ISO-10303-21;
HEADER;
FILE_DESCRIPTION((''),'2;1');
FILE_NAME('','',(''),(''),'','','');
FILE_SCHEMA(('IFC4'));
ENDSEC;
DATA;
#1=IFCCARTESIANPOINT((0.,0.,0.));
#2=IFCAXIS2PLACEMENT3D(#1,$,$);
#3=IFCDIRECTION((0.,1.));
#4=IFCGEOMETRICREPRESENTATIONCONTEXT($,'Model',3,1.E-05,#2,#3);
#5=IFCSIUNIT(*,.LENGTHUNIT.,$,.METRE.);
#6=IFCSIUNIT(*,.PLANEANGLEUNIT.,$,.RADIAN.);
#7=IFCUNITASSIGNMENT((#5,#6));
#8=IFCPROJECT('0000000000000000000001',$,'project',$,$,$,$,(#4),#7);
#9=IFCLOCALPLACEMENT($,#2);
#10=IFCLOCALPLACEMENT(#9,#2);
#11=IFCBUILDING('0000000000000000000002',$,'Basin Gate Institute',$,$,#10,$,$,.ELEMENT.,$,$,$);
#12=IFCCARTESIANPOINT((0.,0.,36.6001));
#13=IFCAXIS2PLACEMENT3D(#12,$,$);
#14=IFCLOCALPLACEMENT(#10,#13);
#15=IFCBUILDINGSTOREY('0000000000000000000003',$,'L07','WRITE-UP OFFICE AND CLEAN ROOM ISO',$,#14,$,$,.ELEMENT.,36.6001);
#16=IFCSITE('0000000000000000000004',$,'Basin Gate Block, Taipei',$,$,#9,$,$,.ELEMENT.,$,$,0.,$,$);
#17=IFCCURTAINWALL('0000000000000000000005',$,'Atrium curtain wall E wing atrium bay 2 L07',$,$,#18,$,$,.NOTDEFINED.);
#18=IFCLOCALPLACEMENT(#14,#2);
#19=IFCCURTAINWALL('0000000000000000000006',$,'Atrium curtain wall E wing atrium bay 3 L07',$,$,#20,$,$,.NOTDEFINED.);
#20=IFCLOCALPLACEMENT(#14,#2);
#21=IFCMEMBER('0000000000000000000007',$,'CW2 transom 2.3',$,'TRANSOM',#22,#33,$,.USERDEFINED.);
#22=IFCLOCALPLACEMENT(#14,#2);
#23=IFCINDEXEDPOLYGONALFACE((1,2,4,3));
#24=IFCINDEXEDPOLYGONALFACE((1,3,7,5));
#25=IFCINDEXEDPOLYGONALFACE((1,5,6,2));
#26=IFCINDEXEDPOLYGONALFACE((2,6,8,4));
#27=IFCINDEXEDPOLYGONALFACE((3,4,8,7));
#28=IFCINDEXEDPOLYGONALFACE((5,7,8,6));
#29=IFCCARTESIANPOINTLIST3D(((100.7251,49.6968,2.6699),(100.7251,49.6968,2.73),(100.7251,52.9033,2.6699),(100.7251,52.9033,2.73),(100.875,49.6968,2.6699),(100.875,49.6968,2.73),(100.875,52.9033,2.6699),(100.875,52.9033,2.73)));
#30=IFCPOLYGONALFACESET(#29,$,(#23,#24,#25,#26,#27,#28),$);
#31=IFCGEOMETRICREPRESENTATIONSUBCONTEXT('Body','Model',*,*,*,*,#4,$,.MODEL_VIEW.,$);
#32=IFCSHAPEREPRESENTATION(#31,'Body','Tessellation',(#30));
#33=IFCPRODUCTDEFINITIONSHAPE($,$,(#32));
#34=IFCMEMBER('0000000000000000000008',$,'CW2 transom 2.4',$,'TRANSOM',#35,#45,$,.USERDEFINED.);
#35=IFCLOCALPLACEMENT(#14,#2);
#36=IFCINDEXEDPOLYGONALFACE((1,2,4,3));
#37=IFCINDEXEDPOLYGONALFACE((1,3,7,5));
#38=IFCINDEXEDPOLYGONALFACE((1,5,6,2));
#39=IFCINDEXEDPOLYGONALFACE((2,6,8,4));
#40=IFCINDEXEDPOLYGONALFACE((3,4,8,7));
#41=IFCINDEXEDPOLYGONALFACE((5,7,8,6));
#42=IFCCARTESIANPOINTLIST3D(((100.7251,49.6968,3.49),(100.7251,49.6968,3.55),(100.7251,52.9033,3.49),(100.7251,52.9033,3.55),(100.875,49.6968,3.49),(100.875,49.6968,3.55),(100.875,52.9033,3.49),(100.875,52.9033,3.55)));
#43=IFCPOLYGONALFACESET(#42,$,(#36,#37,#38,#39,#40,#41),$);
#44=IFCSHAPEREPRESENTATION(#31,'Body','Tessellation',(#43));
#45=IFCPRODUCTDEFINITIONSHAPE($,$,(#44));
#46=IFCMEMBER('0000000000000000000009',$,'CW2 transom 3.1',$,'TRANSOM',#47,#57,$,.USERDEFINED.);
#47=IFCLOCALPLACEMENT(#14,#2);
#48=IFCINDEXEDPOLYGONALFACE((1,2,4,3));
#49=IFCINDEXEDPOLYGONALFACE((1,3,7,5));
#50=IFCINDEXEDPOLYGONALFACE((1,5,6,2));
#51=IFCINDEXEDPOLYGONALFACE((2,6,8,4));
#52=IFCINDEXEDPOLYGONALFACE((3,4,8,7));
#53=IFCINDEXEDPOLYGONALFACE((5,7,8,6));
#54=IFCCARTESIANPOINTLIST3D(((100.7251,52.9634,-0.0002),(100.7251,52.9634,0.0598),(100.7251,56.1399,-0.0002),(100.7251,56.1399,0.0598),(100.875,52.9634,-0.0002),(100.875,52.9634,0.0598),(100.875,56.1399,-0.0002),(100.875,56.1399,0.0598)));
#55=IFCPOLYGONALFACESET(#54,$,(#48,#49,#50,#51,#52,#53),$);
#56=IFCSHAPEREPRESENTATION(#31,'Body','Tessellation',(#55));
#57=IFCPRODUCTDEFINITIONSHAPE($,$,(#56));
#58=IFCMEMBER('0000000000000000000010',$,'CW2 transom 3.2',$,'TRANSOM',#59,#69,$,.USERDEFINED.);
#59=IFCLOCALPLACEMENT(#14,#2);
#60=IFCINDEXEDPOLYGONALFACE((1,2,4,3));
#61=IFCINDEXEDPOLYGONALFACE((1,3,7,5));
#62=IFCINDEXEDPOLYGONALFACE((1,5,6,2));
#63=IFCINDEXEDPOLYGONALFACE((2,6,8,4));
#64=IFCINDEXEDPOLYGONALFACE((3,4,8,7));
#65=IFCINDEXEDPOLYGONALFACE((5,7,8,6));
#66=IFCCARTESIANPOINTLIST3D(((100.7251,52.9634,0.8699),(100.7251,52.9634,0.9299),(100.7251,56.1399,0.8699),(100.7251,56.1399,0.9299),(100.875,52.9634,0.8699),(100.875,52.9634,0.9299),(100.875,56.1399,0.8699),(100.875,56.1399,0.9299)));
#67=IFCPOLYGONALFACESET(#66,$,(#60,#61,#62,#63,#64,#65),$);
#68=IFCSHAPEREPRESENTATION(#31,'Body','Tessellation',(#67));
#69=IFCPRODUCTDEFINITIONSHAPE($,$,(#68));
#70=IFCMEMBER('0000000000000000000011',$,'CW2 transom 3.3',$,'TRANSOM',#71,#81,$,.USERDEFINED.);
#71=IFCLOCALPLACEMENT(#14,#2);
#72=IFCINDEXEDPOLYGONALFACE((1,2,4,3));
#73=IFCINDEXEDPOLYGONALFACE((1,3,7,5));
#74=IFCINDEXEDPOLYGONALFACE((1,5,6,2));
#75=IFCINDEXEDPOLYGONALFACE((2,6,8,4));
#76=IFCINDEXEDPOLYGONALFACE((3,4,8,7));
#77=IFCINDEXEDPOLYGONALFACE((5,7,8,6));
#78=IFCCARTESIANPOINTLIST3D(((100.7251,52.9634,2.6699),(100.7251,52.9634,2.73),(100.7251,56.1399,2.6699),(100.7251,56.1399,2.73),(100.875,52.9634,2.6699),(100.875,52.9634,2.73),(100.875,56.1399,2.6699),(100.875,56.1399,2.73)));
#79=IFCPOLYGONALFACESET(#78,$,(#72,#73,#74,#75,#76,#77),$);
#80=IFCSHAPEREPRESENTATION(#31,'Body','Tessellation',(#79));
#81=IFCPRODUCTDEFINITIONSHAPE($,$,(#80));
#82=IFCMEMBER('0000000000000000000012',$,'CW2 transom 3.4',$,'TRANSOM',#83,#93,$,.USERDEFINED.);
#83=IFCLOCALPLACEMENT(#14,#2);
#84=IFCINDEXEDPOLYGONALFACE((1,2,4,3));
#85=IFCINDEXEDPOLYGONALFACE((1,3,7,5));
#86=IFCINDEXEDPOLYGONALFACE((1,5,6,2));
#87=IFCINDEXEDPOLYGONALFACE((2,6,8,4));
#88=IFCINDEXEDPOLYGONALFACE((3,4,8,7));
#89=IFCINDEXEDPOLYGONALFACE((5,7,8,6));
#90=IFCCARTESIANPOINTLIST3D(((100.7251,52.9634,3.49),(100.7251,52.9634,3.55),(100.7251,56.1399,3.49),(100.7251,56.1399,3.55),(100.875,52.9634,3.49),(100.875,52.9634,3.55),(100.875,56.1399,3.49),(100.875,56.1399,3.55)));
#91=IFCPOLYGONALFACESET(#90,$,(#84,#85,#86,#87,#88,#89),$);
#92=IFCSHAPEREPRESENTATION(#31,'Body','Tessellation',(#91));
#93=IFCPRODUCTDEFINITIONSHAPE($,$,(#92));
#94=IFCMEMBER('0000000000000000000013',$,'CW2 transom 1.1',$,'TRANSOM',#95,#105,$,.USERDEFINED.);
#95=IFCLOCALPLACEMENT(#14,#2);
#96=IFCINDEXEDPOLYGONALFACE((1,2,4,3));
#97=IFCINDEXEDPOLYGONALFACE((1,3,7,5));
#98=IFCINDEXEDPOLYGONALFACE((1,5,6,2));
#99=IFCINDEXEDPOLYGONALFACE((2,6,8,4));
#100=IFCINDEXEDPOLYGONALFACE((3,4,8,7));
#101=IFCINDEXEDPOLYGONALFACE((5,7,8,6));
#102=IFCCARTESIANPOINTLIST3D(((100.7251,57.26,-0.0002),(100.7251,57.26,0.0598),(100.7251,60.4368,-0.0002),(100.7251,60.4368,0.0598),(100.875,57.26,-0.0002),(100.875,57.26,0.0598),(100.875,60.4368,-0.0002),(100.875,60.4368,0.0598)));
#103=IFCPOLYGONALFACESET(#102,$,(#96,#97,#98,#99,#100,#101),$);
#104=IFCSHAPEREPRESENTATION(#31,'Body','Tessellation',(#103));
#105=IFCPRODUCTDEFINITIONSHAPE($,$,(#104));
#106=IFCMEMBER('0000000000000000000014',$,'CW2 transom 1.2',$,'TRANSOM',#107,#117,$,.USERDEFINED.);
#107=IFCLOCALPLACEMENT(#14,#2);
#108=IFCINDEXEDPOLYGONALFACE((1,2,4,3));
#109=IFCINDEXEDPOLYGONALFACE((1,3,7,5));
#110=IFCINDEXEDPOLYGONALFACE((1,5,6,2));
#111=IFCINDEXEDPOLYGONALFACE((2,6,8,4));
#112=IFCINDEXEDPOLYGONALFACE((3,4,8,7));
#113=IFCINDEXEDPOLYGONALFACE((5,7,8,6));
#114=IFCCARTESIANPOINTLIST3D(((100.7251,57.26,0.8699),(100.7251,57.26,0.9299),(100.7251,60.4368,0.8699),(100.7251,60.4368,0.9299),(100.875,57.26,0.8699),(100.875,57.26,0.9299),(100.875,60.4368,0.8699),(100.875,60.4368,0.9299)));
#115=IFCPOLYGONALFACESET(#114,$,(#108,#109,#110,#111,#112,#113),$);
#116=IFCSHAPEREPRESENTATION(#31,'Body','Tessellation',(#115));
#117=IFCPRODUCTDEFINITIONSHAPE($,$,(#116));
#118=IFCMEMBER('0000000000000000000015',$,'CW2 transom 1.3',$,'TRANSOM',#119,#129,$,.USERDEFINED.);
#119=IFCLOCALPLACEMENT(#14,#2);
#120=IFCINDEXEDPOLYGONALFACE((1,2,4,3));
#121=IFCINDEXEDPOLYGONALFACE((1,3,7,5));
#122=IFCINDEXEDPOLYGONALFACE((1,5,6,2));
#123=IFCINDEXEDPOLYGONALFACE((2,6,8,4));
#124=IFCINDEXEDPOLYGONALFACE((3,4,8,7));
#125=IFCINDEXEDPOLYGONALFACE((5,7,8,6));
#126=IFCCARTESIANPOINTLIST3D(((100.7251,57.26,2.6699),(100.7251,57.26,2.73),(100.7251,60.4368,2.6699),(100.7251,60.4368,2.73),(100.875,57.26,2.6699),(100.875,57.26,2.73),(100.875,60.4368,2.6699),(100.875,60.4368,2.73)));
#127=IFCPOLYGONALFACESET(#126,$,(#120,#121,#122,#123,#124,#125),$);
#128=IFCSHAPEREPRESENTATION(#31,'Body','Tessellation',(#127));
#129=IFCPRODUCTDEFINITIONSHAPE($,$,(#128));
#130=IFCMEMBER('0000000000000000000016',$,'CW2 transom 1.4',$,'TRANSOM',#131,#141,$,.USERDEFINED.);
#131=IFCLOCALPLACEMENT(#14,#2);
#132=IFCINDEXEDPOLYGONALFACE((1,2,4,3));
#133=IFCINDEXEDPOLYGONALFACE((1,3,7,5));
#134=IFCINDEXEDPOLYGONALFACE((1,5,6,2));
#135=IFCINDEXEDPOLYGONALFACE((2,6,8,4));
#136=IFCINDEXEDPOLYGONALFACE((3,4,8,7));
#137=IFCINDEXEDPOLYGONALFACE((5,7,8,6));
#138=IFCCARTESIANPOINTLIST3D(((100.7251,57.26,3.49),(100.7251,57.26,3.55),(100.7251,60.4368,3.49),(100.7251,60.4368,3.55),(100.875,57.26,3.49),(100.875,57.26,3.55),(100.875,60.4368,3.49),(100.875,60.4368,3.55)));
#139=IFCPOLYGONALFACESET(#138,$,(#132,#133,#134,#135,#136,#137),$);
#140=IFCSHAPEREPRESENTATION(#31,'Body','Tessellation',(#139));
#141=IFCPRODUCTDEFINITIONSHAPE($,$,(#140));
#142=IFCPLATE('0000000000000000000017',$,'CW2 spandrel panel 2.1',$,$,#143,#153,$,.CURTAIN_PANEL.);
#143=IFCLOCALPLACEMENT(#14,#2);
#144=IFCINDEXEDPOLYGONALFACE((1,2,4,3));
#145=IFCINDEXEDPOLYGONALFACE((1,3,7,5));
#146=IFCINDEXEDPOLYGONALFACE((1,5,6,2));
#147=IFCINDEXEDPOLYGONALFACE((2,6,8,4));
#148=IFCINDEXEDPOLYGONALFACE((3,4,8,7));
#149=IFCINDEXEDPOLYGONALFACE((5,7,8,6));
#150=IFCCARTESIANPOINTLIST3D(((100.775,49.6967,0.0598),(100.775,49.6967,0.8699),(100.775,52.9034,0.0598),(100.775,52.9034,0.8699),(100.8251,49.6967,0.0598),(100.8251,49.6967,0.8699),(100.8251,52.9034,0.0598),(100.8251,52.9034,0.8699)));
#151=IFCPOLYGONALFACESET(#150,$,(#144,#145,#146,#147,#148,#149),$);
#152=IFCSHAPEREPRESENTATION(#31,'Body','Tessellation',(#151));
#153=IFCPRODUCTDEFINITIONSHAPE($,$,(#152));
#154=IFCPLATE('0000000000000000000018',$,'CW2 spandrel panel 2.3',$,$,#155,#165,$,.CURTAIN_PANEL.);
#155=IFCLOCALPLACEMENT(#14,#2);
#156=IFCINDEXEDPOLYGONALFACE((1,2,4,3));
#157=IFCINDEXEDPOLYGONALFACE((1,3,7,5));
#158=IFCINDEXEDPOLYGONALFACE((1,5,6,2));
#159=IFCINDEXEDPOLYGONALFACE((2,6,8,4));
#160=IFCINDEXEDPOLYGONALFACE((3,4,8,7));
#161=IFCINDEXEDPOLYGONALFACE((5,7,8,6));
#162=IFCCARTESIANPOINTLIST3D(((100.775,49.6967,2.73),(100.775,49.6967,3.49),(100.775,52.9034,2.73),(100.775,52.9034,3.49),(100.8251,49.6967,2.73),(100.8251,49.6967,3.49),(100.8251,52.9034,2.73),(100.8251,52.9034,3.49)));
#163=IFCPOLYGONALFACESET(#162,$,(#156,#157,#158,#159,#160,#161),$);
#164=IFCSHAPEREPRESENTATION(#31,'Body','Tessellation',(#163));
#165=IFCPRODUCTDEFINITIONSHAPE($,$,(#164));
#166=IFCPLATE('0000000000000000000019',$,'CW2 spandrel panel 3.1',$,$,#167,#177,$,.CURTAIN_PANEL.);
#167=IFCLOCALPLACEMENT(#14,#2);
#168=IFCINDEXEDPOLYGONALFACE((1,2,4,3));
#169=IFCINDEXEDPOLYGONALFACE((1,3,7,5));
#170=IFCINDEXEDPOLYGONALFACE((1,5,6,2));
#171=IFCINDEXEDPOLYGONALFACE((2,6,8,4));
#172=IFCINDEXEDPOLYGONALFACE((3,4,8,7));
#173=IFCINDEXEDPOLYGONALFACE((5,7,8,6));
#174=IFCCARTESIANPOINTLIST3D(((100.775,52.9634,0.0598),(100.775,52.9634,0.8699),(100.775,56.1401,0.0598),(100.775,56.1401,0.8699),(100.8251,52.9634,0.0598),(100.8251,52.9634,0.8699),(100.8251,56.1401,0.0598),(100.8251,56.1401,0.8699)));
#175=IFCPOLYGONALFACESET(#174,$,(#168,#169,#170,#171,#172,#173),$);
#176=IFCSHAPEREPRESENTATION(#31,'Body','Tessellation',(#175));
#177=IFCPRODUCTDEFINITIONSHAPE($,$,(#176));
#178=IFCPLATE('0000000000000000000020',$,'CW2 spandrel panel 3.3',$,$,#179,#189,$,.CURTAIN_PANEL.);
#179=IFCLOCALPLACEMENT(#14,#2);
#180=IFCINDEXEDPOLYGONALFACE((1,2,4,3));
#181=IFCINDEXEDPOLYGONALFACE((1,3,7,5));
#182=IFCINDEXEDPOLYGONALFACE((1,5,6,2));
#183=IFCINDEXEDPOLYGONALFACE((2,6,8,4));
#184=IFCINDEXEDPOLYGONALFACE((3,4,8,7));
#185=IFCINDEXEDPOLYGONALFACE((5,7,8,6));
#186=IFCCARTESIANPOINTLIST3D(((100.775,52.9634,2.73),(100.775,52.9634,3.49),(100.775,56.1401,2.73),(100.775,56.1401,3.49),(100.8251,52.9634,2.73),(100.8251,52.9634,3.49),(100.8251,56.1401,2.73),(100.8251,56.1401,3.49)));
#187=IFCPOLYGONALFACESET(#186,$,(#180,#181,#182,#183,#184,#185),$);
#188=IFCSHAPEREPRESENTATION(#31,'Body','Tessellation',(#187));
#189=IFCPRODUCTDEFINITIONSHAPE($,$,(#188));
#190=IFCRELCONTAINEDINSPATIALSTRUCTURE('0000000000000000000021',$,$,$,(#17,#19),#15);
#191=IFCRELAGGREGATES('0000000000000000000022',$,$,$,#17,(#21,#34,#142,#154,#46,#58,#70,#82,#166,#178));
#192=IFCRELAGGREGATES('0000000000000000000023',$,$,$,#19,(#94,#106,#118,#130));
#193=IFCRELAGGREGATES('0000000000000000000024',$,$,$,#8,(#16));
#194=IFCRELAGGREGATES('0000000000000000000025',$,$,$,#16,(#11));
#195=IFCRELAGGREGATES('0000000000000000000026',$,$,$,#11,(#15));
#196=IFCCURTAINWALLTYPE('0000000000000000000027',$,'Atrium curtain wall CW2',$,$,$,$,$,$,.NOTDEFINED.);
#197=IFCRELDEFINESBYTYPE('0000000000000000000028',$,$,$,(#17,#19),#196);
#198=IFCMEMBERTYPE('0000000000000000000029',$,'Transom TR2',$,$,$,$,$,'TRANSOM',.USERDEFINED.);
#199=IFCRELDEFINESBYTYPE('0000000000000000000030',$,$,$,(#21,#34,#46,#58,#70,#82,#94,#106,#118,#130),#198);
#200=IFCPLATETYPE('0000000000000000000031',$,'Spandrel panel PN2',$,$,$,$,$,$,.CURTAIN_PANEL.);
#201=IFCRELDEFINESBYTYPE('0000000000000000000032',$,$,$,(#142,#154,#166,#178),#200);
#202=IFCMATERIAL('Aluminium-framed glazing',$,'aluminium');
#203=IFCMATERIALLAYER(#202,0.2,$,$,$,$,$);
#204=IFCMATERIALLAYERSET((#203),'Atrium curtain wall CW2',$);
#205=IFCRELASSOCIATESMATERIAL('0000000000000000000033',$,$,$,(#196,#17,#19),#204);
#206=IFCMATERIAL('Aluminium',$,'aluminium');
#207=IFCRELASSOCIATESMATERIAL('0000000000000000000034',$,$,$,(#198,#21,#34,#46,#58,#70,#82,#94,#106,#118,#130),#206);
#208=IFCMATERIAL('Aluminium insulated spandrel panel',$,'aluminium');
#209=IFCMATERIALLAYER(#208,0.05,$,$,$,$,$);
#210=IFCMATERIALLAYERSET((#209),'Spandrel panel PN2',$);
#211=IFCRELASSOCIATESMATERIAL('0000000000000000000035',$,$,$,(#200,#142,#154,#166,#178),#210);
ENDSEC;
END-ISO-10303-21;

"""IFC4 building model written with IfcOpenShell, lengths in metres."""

from ifc_helpers import new_model, si_unit, direction, frame, origin, origin_2d, place, context, subcontext, project, spatial, rectangle, extrude, material, layer, layer_set, material_profile, profile_set, type_object, element, aggregate, save


model = new_model("IFC4")

# Units and contexts
model_context = context("Model", 3, precision=1e-05, world=origin(), true_north=direction((0.0, 1.0)))
body_context = subcontext(model_context, "Body", "Model", "MODEL_VIEW")
ifc_project = project(units=[si_unit("LENGTHUNIT", "METRE"), si_unit("PLANEANGLEUNIT", "RADIAN")], contexts=[model_context])

# Site, building, storey
site_placement = place(None, origin())
site = spatial("IfcSite", under=ifc_project, at=site_placement, Name="Basin Gate Block, Taipei", CompositionType="ELEMENT", RefElevation=0.0)
building_placement = place(site_placement, origin())
building = spatial("IfcBuilding", under=site, at=building_placement, Name="Basin Gate Institute", CompositionType="ELEMENT")
storey_placement = place(building_placement, frame((0.0, 0.0, 36.6001)))
storey = spatial("IfcBuildingStorey", under=building, at=storey_placement, Name="L07", Description="WRITE-UP OFFICE AND CLEAN ROOM ISO", CompositionType="ELEMENT", Elevation=36.6001)

# Curtain wall
ifc_material_1 = material(Name="Aluminium-framed glazing", Category="aluminium")
ifc_layer_1 = layer(ifc_material_1, 0.2)
ifc_layer_set_1 = layer_set([ifc_layer_1], Name="Atrium curtain wall CW2")
curtain_wall_type = type_object("IfcCurtainWallType", Name="Atrium curtain wall CW2", PredefinedType="NOTDEFINED", material=ifc_layer_set_1)
curtain_wall_1_placement = place(storey_placement, origin())
curtain_wall_1 = element("IfcCurtainWall", 1, at=curtain_wall_1_placement, inside=storey, type_object=curtain_wall_type, material=ifc_layer_set_1, Name="Atrium curtain wall E wing atrium bay 2 L07", PredefinedType="NOTDEFINED")

# Curtain wall
curtain_wall_2_placement = place(storey_placement, origin())
curtain_wall_2 = element("IfcCurtainWall", 2, at=curtain_wall_2_placement, inside=storey, type_object=curtain_wall_type, material=ifc_layer_set_1, Name="Atrium curtain wall E wing atrium bay 3 L07", PredefinedType="NOTDEFINED")

# Members
ifc_material_2 = material(Name="Aluminium", Category="aluminium")
ifc_material_profile_1 = material_profile(ifc_material_2, rectangle(XDim=0.1499, YDim=0.0601, at=origin_2d()), Name="Transom TR2 150 x 60")
ifc_profile_set_1 = profile_set([ifc_material_profile_1], Name="Aluminium")
member_type_1 = type_object("IfcMemberType", Name="Transom TR2", ElementType="TRANSOM", PredefinedType="USERDEFINED", material=ifc_profile_set_1)
member_1_placement = place(storey_placement, frame((100.8, 49.6968, 2.7), z_axis=(0.0, 1.0, 0.0), x_axis=(-1.0, 0.0, 0.0)))
member_1 = element("IfcMember", 3, at=member_1_placement, type_object=member_type_1, material=ifc_profile_set_1, Name="CW2 transom 2.3", ObjectType="TRANSOM", PredefinedType="USERDEFINED", context=body_context, shape_type="SweptSolid", body=[
    extrude(rectangle(XDim=0.1499, YDim=0.0601, at=origin_2d()), origin(), (0.0, 0.0, 1.0), 3.2065),
])
member_2_placement = place(storey_placement, frame((100.8, 49.6968, 3.52), z_axis=(0.0, 1.0, 0.0), x_axis=(-1.0, 0.0, 0.0)))
member_2 = element("IfcMember", 4, at=member_2_placement, type_object=member_type_1, material=ifc_profile_set_1, Name="CW2 transom 2.4", ObjectType="TRANSOM", PredefinedType="USERDEFINED", context=body_context, shape_type="SweptSolid", body=[
    extrude(rectangle(XDim=0.1499, YDim=0.0601, at=origin_2d()), origin(), (0.0, 0.0, 1.0), 3.2065),
])
member_3_placement = place(storey_placement, frame((100.8, 52.9634, 0.0298), z_axis=(0.0, 1.0, 0.0), x_axis=(-1.0, 0.0, 0.0)))
member_3 = element("IfcMember", 5, at=member_3_placement, type_object=member_type_1, material=ifc_profile_set_1, Name="CW2 transom 3.1", ObjectType="TRANSOM", PredefinedType="USERDEFINED", context=body_context, shape_type="SweptSolid", body=[
    extrude(rectangle(XDim=0.1499, YDim=0.0601, at=origin_2d()), origin(), (0.0, 0.0, 1.0), 3.1765),
])
member_4_placement = place(storey_placement, frame((100.8, 52.9634, 0.8999), z_axis=(0.0, 1.0, 0.0), x_axis=(-1.0, 0.0, 0.0)))
member_4 = element("IfcMember", 6, at=member_4_placement, type_object=member_type_1, material=ifc_profile_set_1, Name="CW2 transom 3.2", ObjectType="TRANSOM", PredefinedType="USERDEFINED", context=body_context, shape_type="SweptSolid", body=[
    extrude(rectangle(XDim=0.1499, YDim=0.0601, at=origin_2d()), origin(), (0.0, 0.0, 1.0), 3.1765),
])
member_5_placement = place(storey_placement, frame((100.8, 52.9634, 2.7), z_axis=(0.0, 1.0, 0.0), x_axis=(-1.0, 0.0, 0.0)))
member_5 = element("IfcMember", 7, at=member_5_placement, type_object=member_type_1, material=ifc_profile_set_1, Name="CW2 transom 3.3", ObjectType="TRANSOM", PredefinedType="USERDEFINED", context=body_context, shape_type="SweptSolid", body=[
    extrude(rectangle(XDim=0.1499, YDim=0.0601, at=origin_2d()), origin(), (0.0, 0.0, 1.0), 3.1765),
])
member_6_placement = place(storey_placement, frame((100.8, 52.9634, 3.52), z_axis=(0.0, 1.0, 0.0), x_axis=(-1.0, 0.0, 0.0)))
member_6 = element("IfcMember", 8, at=member_6_placement, type_object=member_type_1, material=ifc_profile_set_1, Name="CW2 transom 3.4", ObjectType="TRANSOM", PredefinedType="USERDEFINED", context=body_context, shape_type="SweptSolid", body=[
    extrude(rectangle(XDim=0.1499, YDim=0.0601, at=origin_2d()), origin(), (0.0, 0.0, 1.0), 3.1765),
])
member_7_placement = place(storey_placement, frame((100.8, 57.26, 0.0298), z_axis=(0.0, 1.0, 0.0), x_axis=(-1.0, 0.0, 0.0)))
member_7 = element("IfcMember", 9, at=member_7_placement, type_object=member_type_1, material=ifc_profile_set_1, Name="CW2 transom 1.1", ObjectType="TRANSOM", PredefinedType="USERDEFINED", context=body_context, shape_type="SweptSolid", body=[
    extrude(rectangle(XDim=0.1499, YDim=0.0601, at=origin_2d()), origin(), (0.0, 0.0, 1.0), 3.1768),
])
member_8_placement = place(storey_placement, frame((100.8, 57.26, 0.8999), z_axis=(0.0, 1.0, 0.0), x_axis=(-1.0, 0.0, 0.0)))
member_8 = element("IfcMember", 10, at=member_8_placement, type_object=member_type_1, material=ifc_profile_set_1, Name="CW2 transom 1.2", ObjectType="TRANSOM", PredefinedType="USERDEFINED", context=body_context, shape_type="SweptSolid", body=[
    extrude(rectangle(XDim=0.1499, YDim=0.0601, at=origin_2d()), origin(), (0.0, 0.0, 1.0), 3.1768),
])
member_9_placement = place(storey_placement, frame((100.8, 57.26, 2.7), z_axis=(0.0, 1.0, 0.0), x_axis=(-1.0, 0.0, 0.0)))
member_9 = element("IfcMember", 11, at=member_9_placement, type_object=member_type_1, material=ifc_profile_set_1, Name="CW2 transom 1.3", ObjectType="TRANSOM", PredefinedType="USERDEFINED", context=body_context, shape_type="SweptSolid", body=[
    extrude(rectangle(XDim=0.1499, YDim=0.0601, at=origin_2d()), origin(), (0.0, 0.0, 1.0), 3.1768),
])
member_10_placement = place(storey_placement, frame((100.8, 57.26, 3.52), z_axis=(0.0, 1.0, 0.0), x_axis=(-1.0, 0.0, 0.0)))
member_10 = element("IfcMember", 12, at=member_10_placement, type_object=member_type_1, material=ifc_profile_set_1, Name="CW2 transom 1.4", ObjectType="TRANSOM", PredefinedType="USERDEFINED", context=body_context, shape_type="SweptSolid", body=[
    extrude(rectangle(XDim=0.1499, YDim=0.0601, at=origin_2d()), origin(), (0.0, 0.0, 1.0), 3.1768),
])

# Plates
ifc_material_3 = material(Name="Aluminium insulated spandrel panel", Category="aluminium")
ifc_layer_2 = layer(ifc_material_3, 0.05)
ifc_layer_set_2 = layer_set([ifc_layer_2], Name="Spandrel panel PN2")
plate_type_1 = type_object("IfcPlateType", Name="Spandrel panel PN2", PredefinedType="CURTAIN_PANEL", material=ifc_layer_set_2)
plate_1_placement = place(storey_placement, frame((100.8, 51.3, 0.0598), z_axis=(0.0, 0.0, 1.0), x_axis=(0.0, 1.0, 0.0)))
plate_1 = element("IfcPlate", 13, at=plate_1_placement, type_object=plate_type_1, material=ifc_layer_set_2, Name="CW2 spandrel panel 2.1", PredefinedType="CURTAIN_PANEL", context=body_context, shape_type="SweptSolid", body=[
    extrude(rectangle(XDim=3.2068, YDim=0.05, at=origin_2d()), origin(), (0.0, 0.0, 1.0), 0.8101),
])
plate_2_placement = place(storey_placement, frame((100.8, 51.3, 2.73), z_axis=(0.0, 0.0, 1.0), x_axis=(0.0, 1.0, 0.0)))
plate_2 = element("IfcPlate", 14, at=plate_2_placement, type_object=plate_type_1, material=ifc_layer_set_2, Name="CW2 spandrel panel 2.3", PredefinedType="CURTAIN_PANEL", context=body_context, shape_type="SweptSolid", body=[
    extrude(rectangle(XDim=3.2068, YDim=0.05, at=origin_2d()), origin(), (0.0, 0.0, 1.0), 0.76),
])
plate_3_placement = place(storey_placement, frame((100.8, 54.5518, 0.0598), z_axis=(0.0, 0.0, 1.0), x_axis=(0.0, 1.0, 0.0)))
plate_3 = element("IfcPlate", 15, at=plate_3_placement, type_object=plate_type_1, material=ifc_layer_set_2, Name="CW2 spandrel panel 3.1", PredefinedType="CURTAIN_PANEL", context=body_context, shape_type="SweptSolid", body=[
    extrude(rectangle(XDim=3.1768, YDim=0.05, at=origin_2d()), origin(), (0.0, 0.0, 1.0), 0.8101),
])
plate_4_placement = place(storey_placement, frame((100.8, 54.5518, 2.73), z_axis=(0.0, 0.0, 1.0), x_axis=(0.0, 1.0, 0.0)))
plate_4 = element("IfcPlate", 16, at=plate_4_placement, type_object=plate_type_1, material=ifc_layer_set_2, Name="CW2 spandrel panel 3.3", PredefinedType="CURTAIN_PANEL", context=body_context, shape_type="SweptSolid", body=[
    extrude(rectangle(XDim=3.1768, YDim=0.05, at=origin_2d()), origin(), (0.0, 0.0, 1.0), 0.76),
])
aggregate(curtain_wall_1, [member_1, member_2, plate_1, plate_2, member_3, member_4, member_5, member_6, plate_3, plate_4])
aggregate(curtain_wall_2, [member_7, member_8, member_9, member_10])

save(model, "model.ifc")
